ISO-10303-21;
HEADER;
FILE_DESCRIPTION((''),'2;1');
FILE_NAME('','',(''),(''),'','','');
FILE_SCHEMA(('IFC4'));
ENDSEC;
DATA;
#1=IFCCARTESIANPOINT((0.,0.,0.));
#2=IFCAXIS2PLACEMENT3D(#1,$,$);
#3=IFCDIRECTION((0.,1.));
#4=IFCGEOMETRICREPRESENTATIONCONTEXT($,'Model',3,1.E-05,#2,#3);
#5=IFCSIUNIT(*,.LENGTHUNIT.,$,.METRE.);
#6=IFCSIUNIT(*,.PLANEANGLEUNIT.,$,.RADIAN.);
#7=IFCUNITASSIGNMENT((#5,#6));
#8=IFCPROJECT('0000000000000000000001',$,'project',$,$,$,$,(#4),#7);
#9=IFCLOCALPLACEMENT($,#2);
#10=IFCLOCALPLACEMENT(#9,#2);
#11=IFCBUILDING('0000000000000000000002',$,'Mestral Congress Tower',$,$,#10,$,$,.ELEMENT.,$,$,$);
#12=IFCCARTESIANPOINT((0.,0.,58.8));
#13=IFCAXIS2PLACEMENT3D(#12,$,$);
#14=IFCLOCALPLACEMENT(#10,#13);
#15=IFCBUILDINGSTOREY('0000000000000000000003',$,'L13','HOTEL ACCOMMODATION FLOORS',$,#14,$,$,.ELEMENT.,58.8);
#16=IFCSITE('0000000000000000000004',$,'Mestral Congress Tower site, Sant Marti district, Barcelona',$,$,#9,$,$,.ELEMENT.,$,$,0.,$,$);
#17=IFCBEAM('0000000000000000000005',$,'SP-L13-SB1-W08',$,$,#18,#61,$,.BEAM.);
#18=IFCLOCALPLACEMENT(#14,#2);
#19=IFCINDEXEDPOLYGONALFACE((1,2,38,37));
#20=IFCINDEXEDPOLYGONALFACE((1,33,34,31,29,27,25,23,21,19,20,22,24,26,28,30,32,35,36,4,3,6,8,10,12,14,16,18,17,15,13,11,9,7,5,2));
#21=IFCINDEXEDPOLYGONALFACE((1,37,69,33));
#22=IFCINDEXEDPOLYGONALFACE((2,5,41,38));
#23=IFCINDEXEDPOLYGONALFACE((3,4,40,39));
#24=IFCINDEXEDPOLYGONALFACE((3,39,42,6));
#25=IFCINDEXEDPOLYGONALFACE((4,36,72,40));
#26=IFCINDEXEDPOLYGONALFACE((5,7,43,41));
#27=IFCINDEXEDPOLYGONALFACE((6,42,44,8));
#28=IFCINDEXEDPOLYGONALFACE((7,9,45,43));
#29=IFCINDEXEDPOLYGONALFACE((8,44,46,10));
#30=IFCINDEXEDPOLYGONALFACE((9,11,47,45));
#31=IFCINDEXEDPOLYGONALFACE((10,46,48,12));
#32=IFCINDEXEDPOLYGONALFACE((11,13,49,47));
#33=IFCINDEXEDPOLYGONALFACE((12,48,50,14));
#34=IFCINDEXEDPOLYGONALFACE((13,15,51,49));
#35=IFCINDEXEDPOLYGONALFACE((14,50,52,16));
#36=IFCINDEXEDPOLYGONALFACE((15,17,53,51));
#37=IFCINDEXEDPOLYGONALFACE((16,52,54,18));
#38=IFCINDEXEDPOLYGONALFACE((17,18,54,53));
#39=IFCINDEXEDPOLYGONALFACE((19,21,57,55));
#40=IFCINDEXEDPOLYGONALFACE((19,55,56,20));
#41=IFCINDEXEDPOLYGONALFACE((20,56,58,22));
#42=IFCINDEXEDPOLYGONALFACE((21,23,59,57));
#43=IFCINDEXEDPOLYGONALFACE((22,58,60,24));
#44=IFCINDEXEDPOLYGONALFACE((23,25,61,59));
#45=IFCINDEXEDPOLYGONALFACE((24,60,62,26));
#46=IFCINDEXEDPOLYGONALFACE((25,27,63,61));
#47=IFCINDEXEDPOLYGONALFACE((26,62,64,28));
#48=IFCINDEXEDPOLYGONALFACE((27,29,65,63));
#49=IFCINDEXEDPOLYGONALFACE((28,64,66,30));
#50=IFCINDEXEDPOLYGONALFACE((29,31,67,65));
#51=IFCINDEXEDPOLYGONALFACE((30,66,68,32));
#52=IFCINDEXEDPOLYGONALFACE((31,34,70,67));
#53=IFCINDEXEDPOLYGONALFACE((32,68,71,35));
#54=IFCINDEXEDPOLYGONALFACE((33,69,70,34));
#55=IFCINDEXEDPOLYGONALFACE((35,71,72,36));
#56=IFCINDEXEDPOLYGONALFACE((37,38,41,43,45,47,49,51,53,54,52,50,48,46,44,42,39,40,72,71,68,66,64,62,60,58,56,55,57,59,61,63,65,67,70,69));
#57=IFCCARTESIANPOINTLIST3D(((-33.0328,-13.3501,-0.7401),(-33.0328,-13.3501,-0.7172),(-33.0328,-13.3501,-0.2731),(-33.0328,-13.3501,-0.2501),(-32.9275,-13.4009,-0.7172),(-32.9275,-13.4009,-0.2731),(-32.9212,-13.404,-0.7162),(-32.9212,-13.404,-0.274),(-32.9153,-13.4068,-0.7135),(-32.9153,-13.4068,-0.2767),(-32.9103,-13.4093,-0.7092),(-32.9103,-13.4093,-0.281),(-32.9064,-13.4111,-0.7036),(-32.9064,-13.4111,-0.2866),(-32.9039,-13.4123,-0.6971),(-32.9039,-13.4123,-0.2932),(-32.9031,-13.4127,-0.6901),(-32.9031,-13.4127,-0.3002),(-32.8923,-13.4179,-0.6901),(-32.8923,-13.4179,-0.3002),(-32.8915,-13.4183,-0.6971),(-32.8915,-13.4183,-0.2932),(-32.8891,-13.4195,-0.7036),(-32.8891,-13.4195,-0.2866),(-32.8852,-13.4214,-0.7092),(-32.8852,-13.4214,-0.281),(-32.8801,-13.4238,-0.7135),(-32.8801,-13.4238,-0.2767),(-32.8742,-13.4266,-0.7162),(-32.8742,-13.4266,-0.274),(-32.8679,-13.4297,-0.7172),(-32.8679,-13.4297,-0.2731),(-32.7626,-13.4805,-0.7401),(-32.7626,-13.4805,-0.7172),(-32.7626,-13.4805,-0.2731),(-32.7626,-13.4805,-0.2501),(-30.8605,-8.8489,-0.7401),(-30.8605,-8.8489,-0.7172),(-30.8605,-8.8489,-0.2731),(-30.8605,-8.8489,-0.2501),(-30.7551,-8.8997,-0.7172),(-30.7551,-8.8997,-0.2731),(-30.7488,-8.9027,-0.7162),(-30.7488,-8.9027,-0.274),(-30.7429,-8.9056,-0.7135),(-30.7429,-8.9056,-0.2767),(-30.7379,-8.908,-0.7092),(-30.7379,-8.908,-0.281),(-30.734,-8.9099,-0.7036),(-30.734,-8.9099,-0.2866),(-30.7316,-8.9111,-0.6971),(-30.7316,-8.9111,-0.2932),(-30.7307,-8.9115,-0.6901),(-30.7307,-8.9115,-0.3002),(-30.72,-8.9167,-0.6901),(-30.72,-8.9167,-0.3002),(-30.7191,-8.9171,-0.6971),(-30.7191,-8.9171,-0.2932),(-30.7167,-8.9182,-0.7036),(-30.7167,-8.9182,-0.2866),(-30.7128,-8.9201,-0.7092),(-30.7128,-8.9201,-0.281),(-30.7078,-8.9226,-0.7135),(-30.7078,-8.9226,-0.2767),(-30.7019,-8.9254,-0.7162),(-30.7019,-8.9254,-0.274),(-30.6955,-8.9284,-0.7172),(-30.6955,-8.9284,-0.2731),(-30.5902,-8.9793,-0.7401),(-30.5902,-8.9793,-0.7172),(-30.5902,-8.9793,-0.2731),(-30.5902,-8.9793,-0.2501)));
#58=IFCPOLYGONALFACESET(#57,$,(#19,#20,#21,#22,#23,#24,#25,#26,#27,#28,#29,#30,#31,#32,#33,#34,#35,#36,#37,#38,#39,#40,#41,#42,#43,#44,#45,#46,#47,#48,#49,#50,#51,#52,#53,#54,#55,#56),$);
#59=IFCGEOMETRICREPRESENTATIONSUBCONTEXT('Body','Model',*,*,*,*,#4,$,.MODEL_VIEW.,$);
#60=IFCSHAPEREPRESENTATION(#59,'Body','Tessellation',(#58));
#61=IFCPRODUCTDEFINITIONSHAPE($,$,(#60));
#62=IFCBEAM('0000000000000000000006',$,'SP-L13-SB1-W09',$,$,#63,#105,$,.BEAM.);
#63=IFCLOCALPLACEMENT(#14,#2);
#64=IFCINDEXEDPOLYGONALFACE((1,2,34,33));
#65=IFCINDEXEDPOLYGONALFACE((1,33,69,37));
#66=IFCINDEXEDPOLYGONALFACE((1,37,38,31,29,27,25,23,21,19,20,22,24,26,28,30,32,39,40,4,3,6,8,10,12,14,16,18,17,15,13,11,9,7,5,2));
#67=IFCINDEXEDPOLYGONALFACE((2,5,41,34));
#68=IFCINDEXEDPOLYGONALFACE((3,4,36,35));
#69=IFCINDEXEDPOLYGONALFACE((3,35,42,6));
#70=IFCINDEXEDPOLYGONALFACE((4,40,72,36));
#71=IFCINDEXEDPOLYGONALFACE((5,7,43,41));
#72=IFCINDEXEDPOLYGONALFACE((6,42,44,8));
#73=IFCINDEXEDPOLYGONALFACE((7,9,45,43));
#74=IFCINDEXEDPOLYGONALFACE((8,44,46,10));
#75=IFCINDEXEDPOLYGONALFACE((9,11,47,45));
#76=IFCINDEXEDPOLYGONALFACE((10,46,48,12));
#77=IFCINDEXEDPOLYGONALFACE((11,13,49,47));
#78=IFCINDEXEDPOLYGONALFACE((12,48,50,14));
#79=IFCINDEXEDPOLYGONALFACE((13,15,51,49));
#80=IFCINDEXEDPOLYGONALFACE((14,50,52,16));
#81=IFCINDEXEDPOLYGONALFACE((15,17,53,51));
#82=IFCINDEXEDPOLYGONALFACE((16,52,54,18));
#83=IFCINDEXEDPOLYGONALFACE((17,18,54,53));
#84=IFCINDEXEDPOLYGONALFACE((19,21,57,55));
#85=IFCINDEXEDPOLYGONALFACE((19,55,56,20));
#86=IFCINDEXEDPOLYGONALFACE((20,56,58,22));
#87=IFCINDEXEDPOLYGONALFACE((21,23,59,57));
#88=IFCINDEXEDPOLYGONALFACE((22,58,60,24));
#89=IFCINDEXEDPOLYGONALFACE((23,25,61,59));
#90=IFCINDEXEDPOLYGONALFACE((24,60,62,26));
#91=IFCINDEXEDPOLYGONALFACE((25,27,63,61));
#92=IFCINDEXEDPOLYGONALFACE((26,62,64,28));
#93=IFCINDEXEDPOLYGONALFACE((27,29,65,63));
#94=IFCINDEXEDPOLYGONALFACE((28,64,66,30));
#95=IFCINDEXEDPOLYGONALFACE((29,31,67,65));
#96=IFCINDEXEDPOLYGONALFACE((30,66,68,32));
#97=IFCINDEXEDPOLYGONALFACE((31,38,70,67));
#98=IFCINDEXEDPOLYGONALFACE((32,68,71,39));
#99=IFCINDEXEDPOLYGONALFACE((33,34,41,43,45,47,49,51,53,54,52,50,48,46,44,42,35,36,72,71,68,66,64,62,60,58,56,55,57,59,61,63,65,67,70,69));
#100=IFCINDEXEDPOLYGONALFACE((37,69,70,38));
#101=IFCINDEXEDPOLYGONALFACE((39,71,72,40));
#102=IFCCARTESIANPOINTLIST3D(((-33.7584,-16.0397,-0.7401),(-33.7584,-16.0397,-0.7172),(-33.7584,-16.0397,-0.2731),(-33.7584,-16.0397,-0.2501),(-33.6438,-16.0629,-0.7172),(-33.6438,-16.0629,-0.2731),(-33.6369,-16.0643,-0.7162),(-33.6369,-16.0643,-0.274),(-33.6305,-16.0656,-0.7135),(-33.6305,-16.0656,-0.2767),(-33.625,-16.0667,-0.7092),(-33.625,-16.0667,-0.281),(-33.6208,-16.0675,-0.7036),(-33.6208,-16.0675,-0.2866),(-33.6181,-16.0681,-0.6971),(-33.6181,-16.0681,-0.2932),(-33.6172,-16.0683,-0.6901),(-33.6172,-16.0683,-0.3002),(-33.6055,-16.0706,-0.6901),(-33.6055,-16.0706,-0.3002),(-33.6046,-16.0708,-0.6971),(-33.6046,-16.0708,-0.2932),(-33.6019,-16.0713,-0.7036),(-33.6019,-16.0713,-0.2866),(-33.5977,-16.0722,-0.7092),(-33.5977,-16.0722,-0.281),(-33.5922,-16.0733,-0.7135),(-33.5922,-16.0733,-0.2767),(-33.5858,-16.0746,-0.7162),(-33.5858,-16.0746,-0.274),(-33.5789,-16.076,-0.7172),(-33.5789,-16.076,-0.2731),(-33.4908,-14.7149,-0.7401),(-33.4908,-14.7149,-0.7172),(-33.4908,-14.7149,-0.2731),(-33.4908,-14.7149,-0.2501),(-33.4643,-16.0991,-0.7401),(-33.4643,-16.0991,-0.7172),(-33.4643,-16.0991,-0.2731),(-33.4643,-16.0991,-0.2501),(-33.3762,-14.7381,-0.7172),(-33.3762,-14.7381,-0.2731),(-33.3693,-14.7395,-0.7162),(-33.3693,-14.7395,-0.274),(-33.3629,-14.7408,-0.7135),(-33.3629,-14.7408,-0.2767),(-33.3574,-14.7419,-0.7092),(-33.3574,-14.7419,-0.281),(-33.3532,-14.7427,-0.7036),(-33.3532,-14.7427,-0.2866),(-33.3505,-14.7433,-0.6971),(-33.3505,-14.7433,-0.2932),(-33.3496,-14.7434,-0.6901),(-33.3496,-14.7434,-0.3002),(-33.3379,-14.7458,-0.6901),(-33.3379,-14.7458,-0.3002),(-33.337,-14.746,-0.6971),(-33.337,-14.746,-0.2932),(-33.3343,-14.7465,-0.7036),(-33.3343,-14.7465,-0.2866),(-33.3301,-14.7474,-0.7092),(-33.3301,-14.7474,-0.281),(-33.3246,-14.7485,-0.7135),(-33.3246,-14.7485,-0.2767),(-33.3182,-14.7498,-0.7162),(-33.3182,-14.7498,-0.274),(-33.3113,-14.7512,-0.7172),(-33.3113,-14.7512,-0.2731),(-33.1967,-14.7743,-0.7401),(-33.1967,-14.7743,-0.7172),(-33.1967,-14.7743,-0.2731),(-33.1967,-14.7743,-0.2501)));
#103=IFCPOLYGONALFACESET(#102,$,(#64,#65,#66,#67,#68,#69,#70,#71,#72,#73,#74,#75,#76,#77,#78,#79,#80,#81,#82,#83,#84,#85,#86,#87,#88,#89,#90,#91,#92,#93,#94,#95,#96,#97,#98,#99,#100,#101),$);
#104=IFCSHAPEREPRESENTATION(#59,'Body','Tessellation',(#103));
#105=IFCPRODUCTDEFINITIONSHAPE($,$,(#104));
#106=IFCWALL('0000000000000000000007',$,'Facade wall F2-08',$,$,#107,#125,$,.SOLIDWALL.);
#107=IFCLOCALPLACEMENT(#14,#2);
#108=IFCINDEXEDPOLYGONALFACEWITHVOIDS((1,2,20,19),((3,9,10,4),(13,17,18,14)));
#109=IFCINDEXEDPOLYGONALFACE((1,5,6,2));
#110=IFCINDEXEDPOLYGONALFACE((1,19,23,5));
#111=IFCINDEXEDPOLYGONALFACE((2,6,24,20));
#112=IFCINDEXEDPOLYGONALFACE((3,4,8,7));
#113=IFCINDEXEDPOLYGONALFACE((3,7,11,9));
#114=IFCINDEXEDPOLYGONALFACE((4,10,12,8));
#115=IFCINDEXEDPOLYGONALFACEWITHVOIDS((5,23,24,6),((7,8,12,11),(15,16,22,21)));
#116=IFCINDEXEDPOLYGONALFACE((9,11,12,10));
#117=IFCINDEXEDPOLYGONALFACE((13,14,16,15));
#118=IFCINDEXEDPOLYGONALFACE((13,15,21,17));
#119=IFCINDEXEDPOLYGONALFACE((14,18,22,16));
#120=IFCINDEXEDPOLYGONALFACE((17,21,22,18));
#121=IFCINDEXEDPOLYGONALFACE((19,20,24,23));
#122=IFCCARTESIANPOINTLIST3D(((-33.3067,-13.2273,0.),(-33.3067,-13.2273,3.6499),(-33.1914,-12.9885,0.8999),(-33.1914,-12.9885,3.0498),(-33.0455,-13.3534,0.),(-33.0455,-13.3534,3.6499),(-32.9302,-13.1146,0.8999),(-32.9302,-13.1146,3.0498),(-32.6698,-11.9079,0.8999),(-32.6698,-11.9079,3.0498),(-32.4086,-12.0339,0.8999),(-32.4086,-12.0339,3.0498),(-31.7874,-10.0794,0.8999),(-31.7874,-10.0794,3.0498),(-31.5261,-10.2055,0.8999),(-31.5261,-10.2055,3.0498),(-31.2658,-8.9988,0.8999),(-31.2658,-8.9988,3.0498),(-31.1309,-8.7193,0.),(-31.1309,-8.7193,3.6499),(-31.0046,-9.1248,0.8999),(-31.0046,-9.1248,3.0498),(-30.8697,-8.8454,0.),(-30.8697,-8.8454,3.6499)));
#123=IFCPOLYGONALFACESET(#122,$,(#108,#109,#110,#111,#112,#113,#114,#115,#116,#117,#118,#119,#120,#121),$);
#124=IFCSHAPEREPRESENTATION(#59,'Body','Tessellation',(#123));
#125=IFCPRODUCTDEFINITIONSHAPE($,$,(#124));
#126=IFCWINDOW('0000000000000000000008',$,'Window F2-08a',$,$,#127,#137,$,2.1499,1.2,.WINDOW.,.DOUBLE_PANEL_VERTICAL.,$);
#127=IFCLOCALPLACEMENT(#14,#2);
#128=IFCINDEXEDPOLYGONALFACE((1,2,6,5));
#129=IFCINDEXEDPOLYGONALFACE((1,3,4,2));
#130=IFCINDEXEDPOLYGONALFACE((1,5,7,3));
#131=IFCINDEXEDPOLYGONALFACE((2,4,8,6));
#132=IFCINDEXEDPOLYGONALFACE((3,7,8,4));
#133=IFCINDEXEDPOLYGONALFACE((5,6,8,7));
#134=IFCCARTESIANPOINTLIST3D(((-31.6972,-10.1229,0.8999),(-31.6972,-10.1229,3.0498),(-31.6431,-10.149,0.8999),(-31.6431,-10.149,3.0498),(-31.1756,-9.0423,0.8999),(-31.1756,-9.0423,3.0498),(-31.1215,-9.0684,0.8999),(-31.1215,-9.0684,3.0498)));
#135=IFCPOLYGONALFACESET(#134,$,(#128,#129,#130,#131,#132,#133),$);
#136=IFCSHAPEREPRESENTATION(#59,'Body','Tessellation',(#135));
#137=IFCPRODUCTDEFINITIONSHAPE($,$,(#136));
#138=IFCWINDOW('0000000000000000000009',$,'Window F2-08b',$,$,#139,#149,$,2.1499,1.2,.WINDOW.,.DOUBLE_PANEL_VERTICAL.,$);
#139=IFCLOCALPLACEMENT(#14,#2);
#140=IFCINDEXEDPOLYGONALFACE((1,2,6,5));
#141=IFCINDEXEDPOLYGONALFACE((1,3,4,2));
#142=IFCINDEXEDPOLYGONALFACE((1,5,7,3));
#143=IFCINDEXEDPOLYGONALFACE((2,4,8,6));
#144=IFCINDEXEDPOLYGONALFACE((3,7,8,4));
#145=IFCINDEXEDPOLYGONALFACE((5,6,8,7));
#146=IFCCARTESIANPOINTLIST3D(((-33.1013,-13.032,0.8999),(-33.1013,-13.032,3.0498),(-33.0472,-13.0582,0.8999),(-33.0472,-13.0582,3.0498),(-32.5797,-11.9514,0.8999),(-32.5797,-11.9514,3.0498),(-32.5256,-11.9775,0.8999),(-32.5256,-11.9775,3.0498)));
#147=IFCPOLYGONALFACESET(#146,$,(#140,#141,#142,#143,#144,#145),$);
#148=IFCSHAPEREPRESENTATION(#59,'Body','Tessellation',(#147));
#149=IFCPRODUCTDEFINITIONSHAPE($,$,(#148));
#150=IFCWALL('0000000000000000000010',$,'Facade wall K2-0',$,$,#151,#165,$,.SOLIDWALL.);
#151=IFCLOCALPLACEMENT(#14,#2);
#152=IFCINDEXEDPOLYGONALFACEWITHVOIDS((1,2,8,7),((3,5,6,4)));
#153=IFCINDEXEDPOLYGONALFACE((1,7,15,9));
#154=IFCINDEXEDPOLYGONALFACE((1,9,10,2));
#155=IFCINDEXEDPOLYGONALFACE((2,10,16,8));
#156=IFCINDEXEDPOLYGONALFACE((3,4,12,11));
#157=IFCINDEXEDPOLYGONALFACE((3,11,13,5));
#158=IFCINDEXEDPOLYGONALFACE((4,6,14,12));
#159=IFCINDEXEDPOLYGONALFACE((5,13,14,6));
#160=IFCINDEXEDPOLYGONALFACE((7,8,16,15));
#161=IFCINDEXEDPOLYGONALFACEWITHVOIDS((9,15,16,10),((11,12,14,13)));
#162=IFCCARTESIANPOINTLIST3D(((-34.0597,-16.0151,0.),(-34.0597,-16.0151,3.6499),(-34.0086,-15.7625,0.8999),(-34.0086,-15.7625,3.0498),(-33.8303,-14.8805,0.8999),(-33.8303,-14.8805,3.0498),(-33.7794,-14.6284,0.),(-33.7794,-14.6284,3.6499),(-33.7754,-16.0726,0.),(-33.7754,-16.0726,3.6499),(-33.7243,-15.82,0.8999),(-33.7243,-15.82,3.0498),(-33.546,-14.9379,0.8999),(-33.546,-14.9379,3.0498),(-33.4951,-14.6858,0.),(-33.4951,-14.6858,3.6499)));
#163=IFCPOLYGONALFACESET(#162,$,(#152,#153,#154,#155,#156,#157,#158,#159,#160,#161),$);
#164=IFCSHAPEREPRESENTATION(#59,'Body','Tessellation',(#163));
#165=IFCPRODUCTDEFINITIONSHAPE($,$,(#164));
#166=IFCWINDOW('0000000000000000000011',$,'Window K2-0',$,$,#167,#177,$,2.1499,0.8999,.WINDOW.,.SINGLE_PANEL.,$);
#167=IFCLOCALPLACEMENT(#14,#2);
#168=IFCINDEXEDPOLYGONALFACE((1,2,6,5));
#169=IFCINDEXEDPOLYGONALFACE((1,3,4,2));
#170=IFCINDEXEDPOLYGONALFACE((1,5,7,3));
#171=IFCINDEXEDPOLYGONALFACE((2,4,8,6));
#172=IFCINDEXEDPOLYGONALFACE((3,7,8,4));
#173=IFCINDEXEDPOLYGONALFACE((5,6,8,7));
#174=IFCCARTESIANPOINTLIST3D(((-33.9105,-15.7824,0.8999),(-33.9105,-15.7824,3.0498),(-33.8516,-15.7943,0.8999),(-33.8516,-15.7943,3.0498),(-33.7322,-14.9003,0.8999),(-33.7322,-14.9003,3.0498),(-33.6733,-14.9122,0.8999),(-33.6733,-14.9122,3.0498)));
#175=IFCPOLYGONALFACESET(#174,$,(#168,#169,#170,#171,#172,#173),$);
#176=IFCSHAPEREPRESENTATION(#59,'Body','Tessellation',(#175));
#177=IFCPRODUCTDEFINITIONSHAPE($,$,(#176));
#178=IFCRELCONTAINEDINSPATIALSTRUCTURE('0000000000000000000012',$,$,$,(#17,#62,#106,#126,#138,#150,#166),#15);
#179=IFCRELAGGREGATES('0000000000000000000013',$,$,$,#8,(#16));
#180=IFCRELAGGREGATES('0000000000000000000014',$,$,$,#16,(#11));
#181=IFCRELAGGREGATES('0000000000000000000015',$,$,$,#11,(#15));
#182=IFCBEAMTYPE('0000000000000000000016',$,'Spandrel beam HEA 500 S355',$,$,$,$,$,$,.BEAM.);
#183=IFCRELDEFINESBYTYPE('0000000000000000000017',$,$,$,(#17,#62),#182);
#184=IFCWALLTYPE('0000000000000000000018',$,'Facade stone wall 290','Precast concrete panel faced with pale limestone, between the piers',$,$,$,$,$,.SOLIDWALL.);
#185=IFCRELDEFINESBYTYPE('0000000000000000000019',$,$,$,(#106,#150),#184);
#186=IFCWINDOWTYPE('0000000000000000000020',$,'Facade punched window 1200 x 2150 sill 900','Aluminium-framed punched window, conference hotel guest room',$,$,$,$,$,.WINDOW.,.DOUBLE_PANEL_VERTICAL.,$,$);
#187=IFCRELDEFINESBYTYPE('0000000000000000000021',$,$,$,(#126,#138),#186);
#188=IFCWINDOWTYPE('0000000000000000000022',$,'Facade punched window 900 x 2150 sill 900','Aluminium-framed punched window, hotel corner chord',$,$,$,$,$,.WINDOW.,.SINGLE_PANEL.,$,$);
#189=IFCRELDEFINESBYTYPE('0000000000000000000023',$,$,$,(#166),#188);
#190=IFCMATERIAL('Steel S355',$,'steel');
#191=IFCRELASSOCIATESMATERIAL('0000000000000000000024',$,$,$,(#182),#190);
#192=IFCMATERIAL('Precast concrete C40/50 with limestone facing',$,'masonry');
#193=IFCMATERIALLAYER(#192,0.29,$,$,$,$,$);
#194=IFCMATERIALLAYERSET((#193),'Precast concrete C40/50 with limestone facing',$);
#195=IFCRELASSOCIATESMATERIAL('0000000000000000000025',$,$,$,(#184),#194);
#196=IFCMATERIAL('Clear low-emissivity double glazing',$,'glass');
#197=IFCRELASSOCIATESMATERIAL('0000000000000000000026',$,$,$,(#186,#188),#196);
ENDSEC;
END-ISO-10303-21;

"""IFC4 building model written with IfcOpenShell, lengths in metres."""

from ifc_helpers import new_model, si_unit, direction, frame, frame_2d, origin, origin_2d, place, context, subcontext, project, spatial, rectangle, i_section, extrude, material, layer, layer_set, material_profile, profile_set, type_object, element, fill, save


model = new_model("IFC4")

# Units and contexts
model_context = context("Model", 3, precision=1e-05, world=origin(), true_north=direction((0.0, 1.0)))
body_context = subcontext(model_context, "Body", "Model", "MODEL_VIEW")
ifc_project = project(units=[si_unit("LENGTHUNIT", "METRE"), si_unit("PLANEANGLEUNIT", "RADIAN")], contexts=[model_context])

# Site, building, storey
site_placement = place(None, origin())
site = spatial("IfcSite", under=ifc_project, at=site_placement, Name="Mestral Congress Tower site, Sant Marti district, Barcelona", CompositionType="ELEMENT", RefElevation=0.0)
building_placement = place(site_placement, origin())
building = spatial("IfcBuilding", under=site, at=building_placement, Name="Mestral Congress Tower", CompositionType="ELEMENT")
storey_placement = place(building_placement, frame((0.0, 0.0, 58.8)))
storey = spatial("IfcBuildingStorey", under=building, at=storey_placement, Name="L13", Description="HOTEL ACCOMMODATION FLOORS", CompositionType="ELEMENT", Elevation=58.8)

# Beams
ifc_material_1 = material(Name="Steel S355", Category="steel")
ifc_material_profile_1 = material_profile(ifc_material_1, i_section(OverallWidth=0.3, OverallDepth=0.49, WebThickness=0.012, FlangeThickness=0.0229, FilletRadius=0.0271, at=origin_2d()), Name="HEA 500")
ifc_profile_set_1 = profile_set([ifc_material_profile_1], Name="Steel S355")
beam_type_1 = type_object("IfcBeamType", Name="Spandrel beam HEA 500 S355", PredefinedType="BEAM", material=ifc_profile_set_1)
beam_1_placement = place(storey_placement, frame((-30.7253, -8.9141, -0.4951), z_axis=(-0.434645, -0.900602, 0.0), x_axis=(0.900602, -0.434645, 0.0)))
element("IfcBeam", 1, at=beam_1_placement, inside=storey, type_object=beam_type_1, Name="SP-L13-SB1-W08", PredefinedType="BEAM", context=body_context, shape_type="SweptSolid", body=[
    extrude(i_section(OverallWidth=0.3, OverallDepth=0.49, WebThickness=0.012, FlangeThickness=0.0229, FilletRadius=0.0271, at=origin_2d()), origin(), (0.0, 0.0, 1.0), 4.998),
])
beam_2_placement = place(storey_placement, frame((-33.3438, -14.7446, -0.4951), z_axis=(-0.197992, -0.980204, 0.0), x_axis=(0.980204, -0.197992, 0.0)))
element("IfcBeam", 2, at=beam_2_placement, inside=storey, type_object=beam_type_1, Name="SP-L13-SB1-W09", PredefinedType="BEAM", context=body_context, shape_type="SweptSolid", body=[
    extrude(i_section(OverallWidth=0.3, OverallDepth=0.49, WebThickness=0.012, FlangeThickness=0.0229, FilletRadius=0.0271, at=origin_2d()), origin(), (0.0, 0.0, 1.0), 1.3516),
])

# Wall, openings, windows
ifc_material_2 = material(Name="Precast concrete C40/50 with limestone facing", Category="masonry")
ifc_layer_1 = layer(ifc_material_2, 0.29)
ifc_layer_set_1 = layer_set([ifc_layer_1], Name="Precast concrete C40/50 with limestone facing")
wall_type_1 = type_object("IfcWallType", Name="Facade stone wall 290", Description="Precast concrete panel faced with pale limestone, between the piers", PredefinedType="SOLIDWALL", material=ifc_layer_set_1)
wall_1_placement = place(storey_placement, frame((-31.0002, -8.7822, 0.0), z_axis=(0.0, 0.0, 1.0), x_axis=(-0.434664, -0.900592, 0.0)))
wall_1 = element("IfcWall", 3, at=wall_1_placement, inside=storey, type_object=wall_type_1, Name="Facade wall F2-08", PredefinedType="SOLIDWALL", context=body_context, shape_type="SweptSolid", body=[
    extrude(rectangle(XDim=5.0056, YDim=0.29, at=frame_2d((2.5029, 0.0))), origin(), (0.0, 0.0, 1.0), 3.6499),
])
opening_1_placement = place(wall_1_placement, frame((0.3103, 0.0, 0.8999)))
opening_1 = element("IfcOpeningElement", 4, at=opening_1_placement, cuts=wall_1, PredefinedType="OPENING", context=body_context, shape_type="SweptSolid", body=[
    extrude(rectangle(XDim=1.2, YDim=2.1499, at=frame_2d((0.6001, 1.075))), frame((0.0, 0.155, 0.0), z_axis=(0.0, -1.0, 0.0), x_axis=(1.0, 0.0, 0.0)), (0.0, 0.0, 1.0), 0.3101),
])
opening_2_placement = place(wall_1_placement, frame((3.5405, 0.0, 0.8999)))
opening_2 = element("IfcOpeningElement", 5, at=opening_2_placement, cuts=wall_1, PredefinedType="OPENING", context=body_context, shape_type="SweptSolid", body=[
    extrude(rectangle(XDim=1.2, YDim=2.1499, at=frame_2d((0.6001, 1.075))), frame((0.0, 0.155, 0.0), z_axis=(0.0, -1.0, 0.0), x_axis=(1.0, 0.0, 0.0)), (0.0, 0.0, 1.0), 0.3101),
])
ifc_material_3 = material(Name="Clear low-emissivity double glazing", Category="glass")
window_type_1 = type_object("IfcWindowType", Name="Facade punched window 1200 x 2150 sill 900", Description="Aluminium-framed punched window, conference hotel guest room", PartitioningType="DOUBLE_PANEL_VERTICAL", PredefinedType="WINDOW", material=ifc_material_3)
window_1_placement = place(opening_1_placement, origin())
window_1 = element("IfcWindow", 6, at=window_1_placement, inside=storey, type_object=window_type_1, Name="Window F2-08a", OverallHeight=2.1499, OverallWidth=1.2, PartitioningType="DOUBLE_PANEL_VERTICAL", PredefinedType="WINDOW", context=body_context, shape_type="SweptSolid", body=[
    extrude(rectangle(XDim=1.2, YDim=2.1499, at=frame_2d((0.6001, 1.075))), frame((0.0, 0.0151, 0.0), z_axis=(0.0, -1.0, 0.0), x_axis=(1.0, 0.0, 0.0)), (0.0, 0.0, 1.0), 0.0601),
])
fill(opening_1, window_1)
window_2_placement = place(opening_2_placement, origin())
window_2 = element("IfcWindow", 7, at=window_2_placement, inside=storey, type_object=window_type_1, Name="Window F2-08b", OverallHeight=2.1499, OverallWidth=1.2, PartitioningType="DOUBLE_PANEL_VERTICAL", PredefinedType="WINDOW", context=body_context, shape_type="SweptSolid", body=[
    extrude(rectangle(XDim=1.2, YDim=2.1499, at=frame_2d((0.6001, 1.075))), frame((0.0, 0.0151, 0.0), z_axis=(0.0, -1.0, 0.0), x_axis=(1.0, 0.0, 0.0)), (0.0, 0.0, 1.0), 0.0601),
])
fill(opening_2, window_2)

# Wall, opening, window
wall_2_placement = place(storey_placement, frame((-33.6372, -14.657, 0.0), z_axis=(0.0, 0.0, 1.0), x_axis=(-0.198107, -0.98018, 0.0)))
wall_2 = element("IfcWall", 8, at=wall_2_placement, inside=storey, type_object=wall_type_1, Name="Facade wall K2-0", PredefinedType="SOLIDWALL", context=body_context, shape_type="SweptSolid", body=[
    extrude(rectangle(XDim=1.4148, YDim=0.29, at=frame_2d((0.7075, 0.0))), origin(), (0.0, 0.0, 1.0), 3.6499),
])
opening_3_placement = place(wall_2_placement, frame((0.2573, 0.0, 0.8999)))
opening_3 = element("IfcOpeningElement", 9, at=opening_3_placement, cuts=wall_2, PredefinedType="OPENING", context=body_context, shape_type="SweptSolid", body=[
    extrude(rectangle(XDim=0.8999, YDim=2.1499, at=frame_2d((0.45, 1.075))), frame((0.0, 0.155, 0.0), z_axis=(0.0, -1.0, 0.0), x_axis=(1.0, 0.0, 0.0)), (0.0, 0.0, 1.0), 0.3101),
])
window_type_2 = type_object("IfcWindowType", Name="Facade punched window 900 x 2150 sill 900", Description="Aluminium-framed punched window, hotel corner chord", PartitioningType="SINGLE_PANEL", PredefinedType="WINDOW", material=ifc_material_3)
window_3_placement = place(opening_3_placement, origin())
window_3 = element("IfcWindow", 10, at=window_3_placement, inside=storey, type_object=window_type_2, Name="Window K2-0", OverallHeight=2.1499, OverallWidth=0.8999, PartitioningType="SINGLE_PANEL", PredefinedType="WINDOW", context=body_context, shape_type="SweptSolid", body=[
    extrude(rectangle(XDim=0.8999, YDim=2.1499, at=frame_2d((0.45, 1.075))), frame((0.0, 0.0151, 0.0), z_axis=(0.0, -1.0, 0.0), x_axis=(1.0, 0.0, 0.0)), (0.0, 0.0, 1.0), 0.0601),
])
fill(opening_3, window_3)

save(model, "model.ifc")
